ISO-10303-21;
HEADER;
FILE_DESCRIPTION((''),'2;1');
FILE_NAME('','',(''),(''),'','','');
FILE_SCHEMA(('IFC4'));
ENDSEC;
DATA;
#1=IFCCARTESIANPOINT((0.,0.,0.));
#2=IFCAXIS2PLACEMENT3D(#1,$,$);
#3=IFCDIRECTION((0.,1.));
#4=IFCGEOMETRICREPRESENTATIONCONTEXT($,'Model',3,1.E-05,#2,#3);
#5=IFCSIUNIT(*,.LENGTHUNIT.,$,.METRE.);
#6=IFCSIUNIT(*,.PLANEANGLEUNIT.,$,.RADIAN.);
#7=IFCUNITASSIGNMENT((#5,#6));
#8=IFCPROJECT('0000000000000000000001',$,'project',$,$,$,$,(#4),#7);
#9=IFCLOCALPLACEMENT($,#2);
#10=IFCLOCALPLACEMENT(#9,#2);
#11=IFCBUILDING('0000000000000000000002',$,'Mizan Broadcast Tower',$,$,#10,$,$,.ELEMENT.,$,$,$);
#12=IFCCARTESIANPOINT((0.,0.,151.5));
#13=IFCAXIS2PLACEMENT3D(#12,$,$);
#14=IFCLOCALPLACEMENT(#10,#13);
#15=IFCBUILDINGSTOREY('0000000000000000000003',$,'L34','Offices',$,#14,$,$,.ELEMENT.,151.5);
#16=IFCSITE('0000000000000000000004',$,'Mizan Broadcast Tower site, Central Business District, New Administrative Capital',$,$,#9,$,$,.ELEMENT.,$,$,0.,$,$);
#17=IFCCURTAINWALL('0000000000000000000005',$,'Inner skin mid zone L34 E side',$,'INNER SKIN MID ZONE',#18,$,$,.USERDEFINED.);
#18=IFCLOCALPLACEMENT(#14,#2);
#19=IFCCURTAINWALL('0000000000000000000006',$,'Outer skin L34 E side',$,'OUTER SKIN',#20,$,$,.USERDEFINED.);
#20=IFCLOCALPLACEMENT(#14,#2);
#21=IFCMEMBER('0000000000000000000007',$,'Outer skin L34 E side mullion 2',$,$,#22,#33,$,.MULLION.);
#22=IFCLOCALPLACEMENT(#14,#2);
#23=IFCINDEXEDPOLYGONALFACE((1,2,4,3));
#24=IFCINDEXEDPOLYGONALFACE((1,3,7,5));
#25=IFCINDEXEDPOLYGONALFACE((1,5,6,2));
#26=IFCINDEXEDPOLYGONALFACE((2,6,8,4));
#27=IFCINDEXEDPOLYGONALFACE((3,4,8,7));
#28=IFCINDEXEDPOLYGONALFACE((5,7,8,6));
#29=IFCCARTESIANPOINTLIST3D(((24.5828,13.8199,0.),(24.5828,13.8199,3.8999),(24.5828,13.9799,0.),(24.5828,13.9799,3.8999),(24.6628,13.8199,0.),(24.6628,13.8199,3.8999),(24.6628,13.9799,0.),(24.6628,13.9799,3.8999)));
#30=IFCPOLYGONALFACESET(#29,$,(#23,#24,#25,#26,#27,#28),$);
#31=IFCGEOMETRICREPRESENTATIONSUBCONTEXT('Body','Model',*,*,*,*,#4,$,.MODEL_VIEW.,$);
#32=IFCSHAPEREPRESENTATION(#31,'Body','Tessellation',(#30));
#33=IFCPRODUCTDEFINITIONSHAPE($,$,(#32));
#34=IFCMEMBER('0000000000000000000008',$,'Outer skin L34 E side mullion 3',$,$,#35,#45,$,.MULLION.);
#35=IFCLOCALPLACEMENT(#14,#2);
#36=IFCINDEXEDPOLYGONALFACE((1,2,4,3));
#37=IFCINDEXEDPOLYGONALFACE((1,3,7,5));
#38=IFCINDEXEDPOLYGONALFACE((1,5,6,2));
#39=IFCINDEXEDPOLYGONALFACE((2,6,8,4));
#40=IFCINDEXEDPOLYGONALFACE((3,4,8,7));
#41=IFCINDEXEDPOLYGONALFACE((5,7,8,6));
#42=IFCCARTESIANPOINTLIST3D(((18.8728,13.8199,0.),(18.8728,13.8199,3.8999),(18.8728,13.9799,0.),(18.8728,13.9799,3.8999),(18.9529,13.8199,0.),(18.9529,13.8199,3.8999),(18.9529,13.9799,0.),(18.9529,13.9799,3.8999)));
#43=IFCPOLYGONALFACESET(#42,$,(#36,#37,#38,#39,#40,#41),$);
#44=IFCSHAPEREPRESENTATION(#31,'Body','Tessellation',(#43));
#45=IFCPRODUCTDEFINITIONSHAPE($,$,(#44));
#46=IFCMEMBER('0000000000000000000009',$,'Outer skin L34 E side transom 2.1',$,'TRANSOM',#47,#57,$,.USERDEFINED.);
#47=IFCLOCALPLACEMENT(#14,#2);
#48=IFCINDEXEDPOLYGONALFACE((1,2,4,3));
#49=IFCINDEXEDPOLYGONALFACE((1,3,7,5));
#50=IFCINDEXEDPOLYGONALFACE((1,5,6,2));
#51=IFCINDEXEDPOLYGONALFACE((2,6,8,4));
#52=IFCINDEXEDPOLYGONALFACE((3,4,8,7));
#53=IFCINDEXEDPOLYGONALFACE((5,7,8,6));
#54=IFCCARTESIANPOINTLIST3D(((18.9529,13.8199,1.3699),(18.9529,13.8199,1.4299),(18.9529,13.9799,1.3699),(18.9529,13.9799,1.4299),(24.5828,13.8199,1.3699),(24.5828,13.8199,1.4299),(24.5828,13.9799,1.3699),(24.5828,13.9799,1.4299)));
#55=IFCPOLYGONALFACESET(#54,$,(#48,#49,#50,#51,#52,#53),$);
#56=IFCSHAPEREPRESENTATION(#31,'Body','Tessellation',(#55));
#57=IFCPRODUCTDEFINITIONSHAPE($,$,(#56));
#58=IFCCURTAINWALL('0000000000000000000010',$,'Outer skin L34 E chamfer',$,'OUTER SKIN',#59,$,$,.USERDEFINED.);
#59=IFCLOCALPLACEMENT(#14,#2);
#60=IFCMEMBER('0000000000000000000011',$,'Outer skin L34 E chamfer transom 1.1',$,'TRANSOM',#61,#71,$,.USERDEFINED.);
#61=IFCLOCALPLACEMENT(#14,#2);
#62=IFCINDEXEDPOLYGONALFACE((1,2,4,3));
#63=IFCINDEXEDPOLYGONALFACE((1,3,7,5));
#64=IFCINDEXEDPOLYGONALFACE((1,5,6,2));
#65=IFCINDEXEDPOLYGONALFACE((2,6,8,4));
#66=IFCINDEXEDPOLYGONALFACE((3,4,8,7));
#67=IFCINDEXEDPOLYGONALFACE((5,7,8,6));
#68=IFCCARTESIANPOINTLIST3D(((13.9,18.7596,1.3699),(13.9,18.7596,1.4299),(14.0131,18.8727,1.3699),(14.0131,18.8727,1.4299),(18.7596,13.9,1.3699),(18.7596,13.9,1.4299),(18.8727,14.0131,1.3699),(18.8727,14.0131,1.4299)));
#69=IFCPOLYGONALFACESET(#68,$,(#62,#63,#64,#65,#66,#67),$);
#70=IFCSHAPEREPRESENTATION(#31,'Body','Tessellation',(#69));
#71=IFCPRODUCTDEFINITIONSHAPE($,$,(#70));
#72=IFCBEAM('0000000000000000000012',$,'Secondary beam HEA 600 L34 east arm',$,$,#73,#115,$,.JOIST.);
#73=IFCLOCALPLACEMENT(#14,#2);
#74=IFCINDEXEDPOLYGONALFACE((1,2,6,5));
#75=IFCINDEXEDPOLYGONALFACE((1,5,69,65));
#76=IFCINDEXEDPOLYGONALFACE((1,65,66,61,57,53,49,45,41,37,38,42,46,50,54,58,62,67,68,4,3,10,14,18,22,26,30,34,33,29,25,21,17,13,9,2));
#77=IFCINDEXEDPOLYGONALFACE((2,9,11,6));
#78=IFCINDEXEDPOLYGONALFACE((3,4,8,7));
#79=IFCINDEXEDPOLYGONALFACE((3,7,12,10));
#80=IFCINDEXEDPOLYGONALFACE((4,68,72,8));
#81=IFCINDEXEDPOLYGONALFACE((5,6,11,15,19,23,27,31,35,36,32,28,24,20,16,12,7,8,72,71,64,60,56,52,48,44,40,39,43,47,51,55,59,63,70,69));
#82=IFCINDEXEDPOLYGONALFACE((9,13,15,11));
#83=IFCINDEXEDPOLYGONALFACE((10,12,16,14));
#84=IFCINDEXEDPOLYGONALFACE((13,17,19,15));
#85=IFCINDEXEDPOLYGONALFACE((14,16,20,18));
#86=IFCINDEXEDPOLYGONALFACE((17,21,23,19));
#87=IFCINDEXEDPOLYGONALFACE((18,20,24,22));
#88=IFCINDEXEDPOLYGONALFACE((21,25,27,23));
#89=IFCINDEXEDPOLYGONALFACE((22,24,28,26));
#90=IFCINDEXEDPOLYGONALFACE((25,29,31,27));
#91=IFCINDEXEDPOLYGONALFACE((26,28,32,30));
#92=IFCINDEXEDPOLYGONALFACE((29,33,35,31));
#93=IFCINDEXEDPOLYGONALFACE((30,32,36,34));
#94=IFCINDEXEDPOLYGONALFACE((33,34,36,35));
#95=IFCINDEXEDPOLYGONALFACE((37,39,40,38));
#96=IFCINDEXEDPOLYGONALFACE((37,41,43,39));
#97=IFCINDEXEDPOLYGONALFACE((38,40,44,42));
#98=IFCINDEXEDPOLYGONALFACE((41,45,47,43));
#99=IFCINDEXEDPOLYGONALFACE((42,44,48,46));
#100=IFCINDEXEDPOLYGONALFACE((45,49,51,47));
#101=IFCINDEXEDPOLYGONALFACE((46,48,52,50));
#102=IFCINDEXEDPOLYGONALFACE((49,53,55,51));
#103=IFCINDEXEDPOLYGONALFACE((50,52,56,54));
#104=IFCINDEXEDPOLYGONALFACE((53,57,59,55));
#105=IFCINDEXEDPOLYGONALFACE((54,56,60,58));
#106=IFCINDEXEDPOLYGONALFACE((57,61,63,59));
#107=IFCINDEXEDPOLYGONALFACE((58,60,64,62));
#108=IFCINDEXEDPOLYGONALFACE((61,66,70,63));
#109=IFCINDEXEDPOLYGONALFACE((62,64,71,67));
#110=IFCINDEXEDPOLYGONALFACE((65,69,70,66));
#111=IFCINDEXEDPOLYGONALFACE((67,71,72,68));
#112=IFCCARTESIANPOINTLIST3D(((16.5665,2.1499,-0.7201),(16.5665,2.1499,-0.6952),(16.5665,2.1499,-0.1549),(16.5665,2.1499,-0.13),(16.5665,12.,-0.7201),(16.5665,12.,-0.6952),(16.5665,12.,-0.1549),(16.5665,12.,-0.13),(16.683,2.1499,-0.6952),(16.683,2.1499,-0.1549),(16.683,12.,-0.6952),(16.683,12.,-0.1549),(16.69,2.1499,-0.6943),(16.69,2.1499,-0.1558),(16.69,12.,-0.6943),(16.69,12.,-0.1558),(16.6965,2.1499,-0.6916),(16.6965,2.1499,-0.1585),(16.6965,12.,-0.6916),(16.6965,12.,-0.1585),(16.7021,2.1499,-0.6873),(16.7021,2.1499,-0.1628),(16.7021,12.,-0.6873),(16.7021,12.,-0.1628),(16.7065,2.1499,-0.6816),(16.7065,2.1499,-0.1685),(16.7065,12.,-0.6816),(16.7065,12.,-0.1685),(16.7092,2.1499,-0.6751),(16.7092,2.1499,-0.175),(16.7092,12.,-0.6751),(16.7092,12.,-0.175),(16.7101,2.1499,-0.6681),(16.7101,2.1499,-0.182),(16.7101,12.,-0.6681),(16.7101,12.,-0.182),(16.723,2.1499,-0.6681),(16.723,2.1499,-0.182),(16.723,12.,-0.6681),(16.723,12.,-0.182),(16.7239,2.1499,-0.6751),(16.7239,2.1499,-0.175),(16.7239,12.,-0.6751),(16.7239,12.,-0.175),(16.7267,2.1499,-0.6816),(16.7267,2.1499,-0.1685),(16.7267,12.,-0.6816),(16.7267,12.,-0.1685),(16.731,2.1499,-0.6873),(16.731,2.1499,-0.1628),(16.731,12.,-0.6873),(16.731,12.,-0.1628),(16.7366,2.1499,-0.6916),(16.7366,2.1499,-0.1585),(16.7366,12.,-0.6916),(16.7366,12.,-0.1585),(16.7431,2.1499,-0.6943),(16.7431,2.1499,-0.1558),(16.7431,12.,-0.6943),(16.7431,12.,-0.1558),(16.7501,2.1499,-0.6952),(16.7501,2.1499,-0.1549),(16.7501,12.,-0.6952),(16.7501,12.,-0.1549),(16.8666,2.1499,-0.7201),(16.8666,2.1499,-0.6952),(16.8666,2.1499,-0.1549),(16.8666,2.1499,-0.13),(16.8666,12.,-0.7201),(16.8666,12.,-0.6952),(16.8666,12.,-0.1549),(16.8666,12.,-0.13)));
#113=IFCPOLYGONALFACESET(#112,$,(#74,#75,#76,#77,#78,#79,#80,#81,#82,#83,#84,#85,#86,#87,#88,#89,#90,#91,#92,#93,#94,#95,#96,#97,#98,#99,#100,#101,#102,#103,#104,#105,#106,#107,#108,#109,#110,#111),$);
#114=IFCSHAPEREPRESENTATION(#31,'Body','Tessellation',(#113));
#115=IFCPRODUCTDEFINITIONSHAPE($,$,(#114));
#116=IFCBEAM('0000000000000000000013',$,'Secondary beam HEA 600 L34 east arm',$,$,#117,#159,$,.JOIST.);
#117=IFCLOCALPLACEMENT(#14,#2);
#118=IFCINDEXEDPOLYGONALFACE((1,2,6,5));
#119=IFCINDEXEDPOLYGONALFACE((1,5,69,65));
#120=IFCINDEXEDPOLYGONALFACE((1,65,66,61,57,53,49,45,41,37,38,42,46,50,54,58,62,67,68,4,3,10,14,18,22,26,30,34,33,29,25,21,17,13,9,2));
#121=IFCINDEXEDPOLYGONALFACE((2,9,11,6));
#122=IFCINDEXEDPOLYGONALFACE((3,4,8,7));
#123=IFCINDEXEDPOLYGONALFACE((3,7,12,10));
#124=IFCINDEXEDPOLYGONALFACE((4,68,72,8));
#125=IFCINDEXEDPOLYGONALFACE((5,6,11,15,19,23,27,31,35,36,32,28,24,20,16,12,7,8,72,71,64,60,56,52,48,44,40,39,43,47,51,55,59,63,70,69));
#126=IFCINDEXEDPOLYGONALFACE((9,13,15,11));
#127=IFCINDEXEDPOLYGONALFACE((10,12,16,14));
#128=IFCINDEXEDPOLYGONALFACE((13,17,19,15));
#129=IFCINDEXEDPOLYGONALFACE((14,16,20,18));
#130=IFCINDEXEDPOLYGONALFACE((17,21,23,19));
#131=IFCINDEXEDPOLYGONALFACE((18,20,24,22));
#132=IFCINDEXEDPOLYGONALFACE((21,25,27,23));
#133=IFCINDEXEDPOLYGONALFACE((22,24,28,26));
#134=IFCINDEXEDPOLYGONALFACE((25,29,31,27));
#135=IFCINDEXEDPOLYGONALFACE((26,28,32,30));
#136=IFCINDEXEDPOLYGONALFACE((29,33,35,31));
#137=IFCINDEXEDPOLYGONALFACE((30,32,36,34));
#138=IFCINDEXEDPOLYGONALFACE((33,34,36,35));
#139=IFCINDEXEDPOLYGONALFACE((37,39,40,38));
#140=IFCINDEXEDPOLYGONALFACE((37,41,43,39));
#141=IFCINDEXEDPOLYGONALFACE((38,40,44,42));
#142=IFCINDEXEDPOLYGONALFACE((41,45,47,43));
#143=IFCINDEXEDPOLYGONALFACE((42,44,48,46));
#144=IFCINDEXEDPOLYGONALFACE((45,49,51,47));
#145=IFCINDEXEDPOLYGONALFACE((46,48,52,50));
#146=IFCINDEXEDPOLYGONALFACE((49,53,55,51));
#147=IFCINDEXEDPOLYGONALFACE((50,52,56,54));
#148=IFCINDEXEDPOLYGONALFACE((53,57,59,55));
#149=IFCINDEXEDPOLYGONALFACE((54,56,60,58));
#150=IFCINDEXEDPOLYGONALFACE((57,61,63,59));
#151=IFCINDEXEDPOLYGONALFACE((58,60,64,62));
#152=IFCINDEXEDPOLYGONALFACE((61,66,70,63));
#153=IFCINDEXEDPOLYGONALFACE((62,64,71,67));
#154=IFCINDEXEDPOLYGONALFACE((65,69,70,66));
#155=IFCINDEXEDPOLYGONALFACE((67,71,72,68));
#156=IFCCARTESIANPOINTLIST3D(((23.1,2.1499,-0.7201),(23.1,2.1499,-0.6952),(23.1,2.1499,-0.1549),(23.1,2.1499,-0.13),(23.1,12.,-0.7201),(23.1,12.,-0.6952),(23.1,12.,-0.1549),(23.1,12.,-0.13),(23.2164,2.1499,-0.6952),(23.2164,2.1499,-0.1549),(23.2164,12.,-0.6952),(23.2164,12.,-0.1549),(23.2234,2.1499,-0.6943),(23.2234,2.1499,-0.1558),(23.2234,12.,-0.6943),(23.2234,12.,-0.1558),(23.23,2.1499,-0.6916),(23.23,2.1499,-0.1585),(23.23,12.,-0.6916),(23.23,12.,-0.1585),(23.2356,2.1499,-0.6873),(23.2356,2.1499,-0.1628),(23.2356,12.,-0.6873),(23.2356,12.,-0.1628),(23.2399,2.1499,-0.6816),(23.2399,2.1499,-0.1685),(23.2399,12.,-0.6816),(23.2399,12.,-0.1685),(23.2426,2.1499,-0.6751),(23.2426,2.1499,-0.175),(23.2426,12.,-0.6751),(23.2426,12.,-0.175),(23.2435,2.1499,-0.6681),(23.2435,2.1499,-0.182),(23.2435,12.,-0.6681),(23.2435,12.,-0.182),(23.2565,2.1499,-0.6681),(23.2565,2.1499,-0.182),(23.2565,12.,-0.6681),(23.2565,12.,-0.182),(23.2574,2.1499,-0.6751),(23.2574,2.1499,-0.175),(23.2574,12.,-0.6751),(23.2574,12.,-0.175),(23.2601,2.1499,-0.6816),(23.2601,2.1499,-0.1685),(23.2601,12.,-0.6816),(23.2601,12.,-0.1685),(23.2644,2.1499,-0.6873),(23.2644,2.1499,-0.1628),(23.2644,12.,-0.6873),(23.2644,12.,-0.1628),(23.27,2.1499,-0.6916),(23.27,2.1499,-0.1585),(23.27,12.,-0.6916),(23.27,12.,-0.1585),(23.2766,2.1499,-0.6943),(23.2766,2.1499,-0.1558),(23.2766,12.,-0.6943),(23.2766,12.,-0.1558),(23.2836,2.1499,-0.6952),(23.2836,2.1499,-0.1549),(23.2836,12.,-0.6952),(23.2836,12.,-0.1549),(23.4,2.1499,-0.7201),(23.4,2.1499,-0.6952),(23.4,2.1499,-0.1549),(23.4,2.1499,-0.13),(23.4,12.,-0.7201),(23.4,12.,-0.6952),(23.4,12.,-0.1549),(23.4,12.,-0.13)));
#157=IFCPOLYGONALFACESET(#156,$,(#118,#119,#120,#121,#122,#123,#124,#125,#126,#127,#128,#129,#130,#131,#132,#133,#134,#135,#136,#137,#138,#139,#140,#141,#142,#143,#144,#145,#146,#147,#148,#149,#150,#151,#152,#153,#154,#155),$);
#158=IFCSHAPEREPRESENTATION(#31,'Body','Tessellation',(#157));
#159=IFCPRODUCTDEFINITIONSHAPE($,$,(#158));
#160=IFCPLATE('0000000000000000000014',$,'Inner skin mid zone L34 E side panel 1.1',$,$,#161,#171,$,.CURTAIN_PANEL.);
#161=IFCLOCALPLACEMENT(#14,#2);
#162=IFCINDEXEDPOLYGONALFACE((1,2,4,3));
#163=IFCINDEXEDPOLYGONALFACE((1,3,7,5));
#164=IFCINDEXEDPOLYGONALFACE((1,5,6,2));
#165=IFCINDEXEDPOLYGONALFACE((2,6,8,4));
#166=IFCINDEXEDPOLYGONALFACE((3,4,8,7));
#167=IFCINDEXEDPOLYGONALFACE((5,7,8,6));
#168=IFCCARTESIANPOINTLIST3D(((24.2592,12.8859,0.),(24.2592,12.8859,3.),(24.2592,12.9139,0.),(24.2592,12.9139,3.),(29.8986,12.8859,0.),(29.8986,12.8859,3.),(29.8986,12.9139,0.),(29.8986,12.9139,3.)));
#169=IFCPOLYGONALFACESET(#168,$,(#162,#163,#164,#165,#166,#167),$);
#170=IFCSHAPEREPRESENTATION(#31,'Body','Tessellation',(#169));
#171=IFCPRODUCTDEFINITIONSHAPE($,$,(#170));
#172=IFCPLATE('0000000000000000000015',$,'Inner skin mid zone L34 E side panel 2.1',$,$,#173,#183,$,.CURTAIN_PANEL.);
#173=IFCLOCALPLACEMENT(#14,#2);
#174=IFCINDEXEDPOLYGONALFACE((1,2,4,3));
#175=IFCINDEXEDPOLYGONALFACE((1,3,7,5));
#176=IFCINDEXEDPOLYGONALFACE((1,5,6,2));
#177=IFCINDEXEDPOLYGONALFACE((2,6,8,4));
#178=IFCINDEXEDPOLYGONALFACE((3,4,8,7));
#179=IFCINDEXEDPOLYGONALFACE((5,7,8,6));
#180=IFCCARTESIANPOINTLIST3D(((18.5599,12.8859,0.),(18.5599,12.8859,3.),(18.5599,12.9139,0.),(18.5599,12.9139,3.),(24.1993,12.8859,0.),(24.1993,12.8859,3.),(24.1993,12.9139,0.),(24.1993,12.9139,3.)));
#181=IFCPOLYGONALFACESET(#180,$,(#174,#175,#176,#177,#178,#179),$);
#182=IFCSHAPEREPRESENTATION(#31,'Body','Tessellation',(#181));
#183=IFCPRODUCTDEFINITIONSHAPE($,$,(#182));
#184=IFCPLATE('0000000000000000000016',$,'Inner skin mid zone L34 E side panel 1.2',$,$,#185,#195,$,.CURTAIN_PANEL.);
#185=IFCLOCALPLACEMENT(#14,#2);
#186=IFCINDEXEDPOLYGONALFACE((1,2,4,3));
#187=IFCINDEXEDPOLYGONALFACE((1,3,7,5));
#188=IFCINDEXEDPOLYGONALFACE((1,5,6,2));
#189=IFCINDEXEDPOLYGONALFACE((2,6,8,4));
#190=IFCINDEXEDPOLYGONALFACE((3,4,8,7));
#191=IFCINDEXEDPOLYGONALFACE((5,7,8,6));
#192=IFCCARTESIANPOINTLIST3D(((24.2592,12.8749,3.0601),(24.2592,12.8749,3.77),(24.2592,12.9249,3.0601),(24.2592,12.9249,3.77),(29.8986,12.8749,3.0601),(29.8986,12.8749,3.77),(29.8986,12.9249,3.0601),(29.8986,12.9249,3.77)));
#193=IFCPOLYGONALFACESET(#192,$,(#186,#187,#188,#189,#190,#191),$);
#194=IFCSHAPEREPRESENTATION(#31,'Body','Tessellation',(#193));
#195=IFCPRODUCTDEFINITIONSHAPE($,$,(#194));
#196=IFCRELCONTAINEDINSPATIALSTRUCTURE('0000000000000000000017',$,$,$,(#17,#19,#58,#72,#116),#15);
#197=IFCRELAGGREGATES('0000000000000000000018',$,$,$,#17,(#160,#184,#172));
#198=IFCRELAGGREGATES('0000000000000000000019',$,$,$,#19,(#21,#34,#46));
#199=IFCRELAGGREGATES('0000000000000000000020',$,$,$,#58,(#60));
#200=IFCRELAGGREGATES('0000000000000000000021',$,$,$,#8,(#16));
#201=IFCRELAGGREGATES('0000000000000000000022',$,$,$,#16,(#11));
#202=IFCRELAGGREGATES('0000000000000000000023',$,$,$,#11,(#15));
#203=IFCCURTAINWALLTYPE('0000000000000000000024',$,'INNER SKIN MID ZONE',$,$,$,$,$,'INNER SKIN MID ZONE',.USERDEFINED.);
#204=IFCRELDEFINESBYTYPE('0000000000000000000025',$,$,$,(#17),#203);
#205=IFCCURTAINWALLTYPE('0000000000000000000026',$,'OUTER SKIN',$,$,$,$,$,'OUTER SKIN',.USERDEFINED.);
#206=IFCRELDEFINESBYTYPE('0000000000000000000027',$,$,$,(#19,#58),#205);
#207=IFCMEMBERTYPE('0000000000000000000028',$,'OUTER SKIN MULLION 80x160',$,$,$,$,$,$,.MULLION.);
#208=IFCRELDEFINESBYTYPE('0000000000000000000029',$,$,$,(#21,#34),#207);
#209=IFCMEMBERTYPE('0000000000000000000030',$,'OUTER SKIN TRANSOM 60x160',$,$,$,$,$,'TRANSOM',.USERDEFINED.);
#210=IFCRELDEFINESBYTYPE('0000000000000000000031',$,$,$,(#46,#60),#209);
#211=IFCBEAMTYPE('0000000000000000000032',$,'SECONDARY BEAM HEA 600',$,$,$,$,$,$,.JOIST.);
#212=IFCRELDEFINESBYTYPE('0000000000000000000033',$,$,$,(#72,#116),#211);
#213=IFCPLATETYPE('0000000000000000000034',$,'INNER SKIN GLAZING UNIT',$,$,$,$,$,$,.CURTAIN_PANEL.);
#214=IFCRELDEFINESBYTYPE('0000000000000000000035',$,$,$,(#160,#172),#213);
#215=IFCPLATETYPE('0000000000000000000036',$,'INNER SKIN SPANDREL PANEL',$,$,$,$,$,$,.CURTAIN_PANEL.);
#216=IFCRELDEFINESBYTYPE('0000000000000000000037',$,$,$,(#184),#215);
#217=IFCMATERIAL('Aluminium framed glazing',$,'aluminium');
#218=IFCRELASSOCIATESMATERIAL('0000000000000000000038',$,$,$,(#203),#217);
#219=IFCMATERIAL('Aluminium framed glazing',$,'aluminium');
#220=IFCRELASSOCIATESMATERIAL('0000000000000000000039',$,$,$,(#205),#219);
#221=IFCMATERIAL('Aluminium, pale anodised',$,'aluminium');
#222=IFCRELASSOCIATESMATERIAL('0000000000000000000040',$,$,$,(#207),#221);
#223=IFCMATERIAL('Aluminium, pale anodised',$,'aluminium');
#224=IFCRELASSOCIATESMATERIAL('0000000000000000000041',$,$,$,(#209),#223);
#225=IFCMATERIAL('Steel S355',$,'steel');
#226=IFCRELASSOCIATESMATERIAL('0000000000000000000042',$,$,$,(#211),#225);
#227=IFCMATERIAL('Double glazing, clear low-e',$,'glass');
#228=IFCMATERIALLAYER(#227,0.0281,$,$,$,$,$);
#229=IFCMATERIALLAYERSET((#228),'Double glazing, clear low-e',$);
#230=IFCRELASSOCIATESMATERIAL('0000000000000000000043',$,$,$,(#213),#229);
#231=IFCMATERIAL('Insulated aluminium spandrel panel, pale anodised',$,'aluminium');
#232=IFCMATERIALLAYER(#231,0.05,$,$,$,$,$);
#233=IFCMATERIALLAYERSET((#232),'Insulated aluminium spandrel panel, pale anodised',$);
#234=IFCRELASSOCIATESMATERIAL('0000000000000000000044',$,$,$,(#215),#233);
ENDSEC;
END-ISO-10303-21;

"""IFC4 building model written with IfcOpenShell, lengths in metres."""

from ifc_helpers import new_model, si_unit, direction, frame, origin, origin_2d, place, context, subcontext, project, spatial, rectangle, i_section, extrude, material, layer, layer_set, material_profile, profile_set, type_object, element, aggregate, save


model = new_model("IFC4")

# Units and contexts
model_context = context("Model", 3, precision=1e-05, world=origin(), true_north=direction((0.0, 1.0)))
body_context = subcontext(model_context, "Body", "Model", "MODEL_VIEW")
ifc_project = project(units=[si_unit("LENGTHUNIT", "METRE"), si_unit("PLANEANGLEUNIT", "RADIAN")], contexts=[model_context])

# Site, building, storey
site_placement = place(None, origin())
site = spatial("IfcSite", under=ifc_project, at=site_placement, Name="Mizan Broadcast Tower site, Central Business District, New Administrative Capital", CompositionType="ELEMENT", RefElevation=0.0)
building_placement = place(site_placement, origin())
building = spatial("IfcBuilding", under=site, at=building_placement, Name="Mizan Broadcast Tower", CompositionType="ELEMENT")
storey_placement = place(building_placement, frame((0.0, 0.0, 151.5)))
storey = spatial("IfcBuildingStorey", under=building, at=storey_placement, Name="L34", Description="Offices", CompositionType="ELEMENT", Elevation=151.5)

# Curtain walls, members
ifc_material_1 = material(Name="Aluminium framed glazing", Category="aluminium")
curtain_wall_type_1 = type_object("IfcCurtainWallType", Name="INNER SKIN MID ZONE", ElementType="INNER SKIN MID ZONE", PredefinedType="USERDEFINED", material=ifc_material_1)
curtain_wall_1_placement = place(storey_placement, origin())
curtain_wall_1 = element("IfcCurtainWall", 1, at=curtain_wall_1_placement, inside=storey, type_object=curtain_wall_type_1, Name="Inner skin mid zone L34 E side", ObjectType="INNER SKIN MID ZONE", PredefinedType="USERDEFINED")
ifc_material_2 = material(Name="Aluminium framed glazing", Category="aluminium")
curtain_wall_type_2 = type_object("IfcCurtainWallType", Name="OUTER SKIN", ElementType="OUTER SKIN", PredefinedType="USERDEFINED", material=ifc_material_2)
curtain_wall_2_placement = place(storey_placement, origin())
curtain_wall_2 = element("IfcCurtainWall", 2, at=curtain_wall_2_placement, inside=storey, type_object=curtain_wall_type_2, Name="Outer skin L34 E side", ObjectType="OUTER SKIN", PredefinedType="USERDEFINED")
ifc_material_3 = material(Name="Aluminium, pale anodised", Category="aluminium")
ifc_material_profile_1 = material_profile(ifc_material_3, rectangle(XDim=0.1599, YDim=0.0801, at=origin_2d()), Name="MULLION 160x80")
ifc_profile_set_1 = profile_set([ifc_material_profile_1], Name="Aluminium, pale anodised")
member_type_1 = type_object("IfcMemberType", Name="OUTER SKIN MULLION 80x160", PredefinedType="MULLION", material=ifc_profile_set_1)
member_1_placement = place(storey_placement, frame((24.6228, 13.8999, 0.0), z_axis=(0.0, 0.0, 1.0), x_axis=(0.0, -1.0, 0.0)))
member_1 = element("IfcMember", 3, at=member_1_placement, type_object=member_type_1, Name="Outer skin L34 E side mullion 2", PredefinedType="MULLION", context=body_context, shape_type="SweptSolid", body=[
    extrude(rectangle(XDim=0.1599, YDim=0.0801, at=origin_2d()), origin(), (0.0, 0.0, 1.0), 3.8999),
])
member_2_placement = place(storey_placement, frame((18.9128, 13.8999, 0.0), z_axis=(0.0, 0.0, 1.0), x_axis=(0.0, -1.0, 0.0)))
member_2 = element("IfcMember", 4, at=member_2_placement, type_object=member_type_1, Name="Outer skin L34 E side mullion 3", PredefinedType="MULLION", context=body_context, shape_type="SweptSolid", body=[
    extrude(rectangle(XDim=0.1599, YDim=0.0801, at=origin_2d()), origin(), (0.0, 0.0, 1.0), 3.8999),
])
ifc_material_4 = material(Name="Aluminium, pale anodised", Category="aluminium")
ifc_material_profile_2 = material_profile(ifc_material_4, rectangle(XDim=0.1599, YDim=0.0601, at=origin_2d()), Name="TRANSOM 160x60")
ifc_profile_set_2 = profile_set([ifc_material_profile_2], Name="Aluminium, pale anodised")
member_type_2 = type_object("IfcMemberType", Name="OUTER SKIN TRANSOM 60x160", ElementType="TRANSOM", PredefinedType="USERDEFINED", material=ifc_profile_set_2)
member_3_placement = place(storey_placement, frame((24.5828, 13.8999, 1.3999), z_axis=(-1.0, 0.0, 0.0), x_axis=(0.0, -1.0, 0.0)))
member_3 = element("IfcMember", 5, at=member_3_placement, type_object=member_type_2, Name="Outer skin L34 E side transom 2.1", ObjectType="TRANSOM", PredefinedType="USERDEFINED", context=body_context, shape_type="SweptSolid", body=[
    extrude(rectangle(XDim=0.1599, YDim=0.0601, at=origin_2d()), origin(), (0.0, 0.0, 1.0), 5.6299),
])

# Curtain wall, member
curtain_wall_3_placement = place(storey_placement, origin())
curtain_wall_3 = element("IfcCurtainWall", 6, at=curtain_wall_3_placement, inside=storey, type_object=curtain_wall_type_2, Name="Outer skin L34 E chamfer", ObjectType="OUTER SKIN", PredefinedType="USERDEFINED")
member_4_placement = place(storey_placement, frame((18.8162, 13.9565, 1.3999), z_axis=(-0.707107, 0.707107, 0.0), x_axis=(-0.707107, -0.707107, 0.0)))
member_4 = element("IfcMember", 7, at=member_4_placement, type_object=member_type_2, Name="Outer skin L34 E chamfer transom 1.1", ObjectType="TRANSOM", PredefinedType="USERDEFINED", context=body_context, shape_type="SweptSolid", body=[
    extrude(rectangle(XDim=0.1599, YDim=0.0601, at=origin_2d()), origin(), (0.0, 0.0, 1.0), 6.8726),
])

# Beams
ifc_material_5 = material(Name="Steel S355", Category="steel")
ifc_material_profile_3 = material_profile(ifc_material_5, i_section(OverallWidth=0.3, OverallDepth=0.5901, WebThickness=0.0129, FlangeThickness=0.0249, FilletRadius=0.0271, at=origin_2d()), Name="HEA 600")
ifc_profile_set_3 = profile_set([ifc_material_profile_3], Name="Steel S355")
beam_type_1 = type_object("IfcBeamType", Name="SECONDARY BEAM HEA 600", PredefinedType="JOIST", material=ifc_profile_set_3)
for number, where, z_axis, x_axis, name in (
    (8, (16.7166, 12.0, -0.425), (0.0, -1.0, 0.0), (1.0, 0.0, 0.0), "Secondary beam HEA 600 L34 east arm"),
    (9, (23.25, 12.0, -0.425), (0.0, -1.0, 0.0), (1.0, 0.0, 0.0), "Secondary beam HEA 600 L34 east arm"),
):
    element("IfcBeam", number, at=place(storey_placement, frame(where, z_axis=z_axis, x_axis=x_axis)), inside=storey, type_object=beam_type_1, Name=name, PredefinedType="JOIST", context=body_context, shape_type="SweptSolid", body=[
        extrude(i_section(OverallWidth=0.3, OverallDepth=0.5901, WebThickness=0.0129, FlangeThickness=0.0249, FilletRadius=0.0271, at=origin_2d()), origin(), (0.0, 0.0, 1.0), 9.8501),
    ])

# Plates
ifc_material_6 = material(Name="Double glazing, clear low-e", Category="glass")
ifc_layer_1 = layer(ifc_material_6, 0.0281)
ifc_layer_set_1 = layer_set([ifc_layer_1], Name="Double glazing, clear low-e")
plate_type_1 = type_object("IfcPlateType", Name="INNER SKIN GLAZING UNIT", PredefinedType="CURTAIN_PANEL", material=ifc_layer_set_1)
plate_1_placement = place(storey_placement, frame((27.0789, 12.8999, 0.0), z_axis=(0.0, 0.0, 1.0), x_axis=(-1.0, 0.0, 0.0)))
plate_1 = element("IfcPlate", 10, at=plate_1_placement, type_object=plate_type_1, Name="Inner skin mid zone L34 E side panel 1.1", PredefinedType="CURTAIN_PANEL", context=body_context, shape_type="SweptSolid", body=[
    extrude(rectangle(XDim=5.6394, YDim=0.0281, at=origin_2d()), origin(), (0.0, 0.0, 1.0), 3.0),
])
plate_2_placement = place(storey_placement, frame((21.3796, 12.8999, 0.0), z_axis=(0.0, 0.0, 1.0), x_axis=(-1.0, 0.0, 0.0)))
plate_2 = element("IfcPlate", 11, at=plate_2_placement, type_object=plate_type_1, Name="Inner skin mid zone L34 E side panel 2.1", PredefinedType="CURTAIN_PANEL", context=body_context, shape_type="SweptSolid", body=[
    extrude(rectangle(XDim=5.6394, YDim=0.0281, at=origin_2d()), origin(), (0.0, 0.0, 1.0), 3.0),
])
ifc_material_7 = material(Name="Insulated aluminium spandrel panel, pale anodised", Category="aluminium")
ifc_layer_2 = layer(ifc_material_7, 0.05)
ifc_layer_set_2 = layer_set([ifc_layer_2], Name="Insulated aluminium spandrel panel, pale anodised")
plate_type_2 = type_object("IfcPlateType", Name="INNER SKIN SPANDREL PANEL", PredefinedType="CURTAIN_PANEL", material=ifc_layer_set_2)
plate_3_placement = place(storey_placement, frame((27.0789, 12.8999, 3.0601), z_axis=(0.0, 0.0, 1.0), x_axis=(-1.0, 0.0, 0.0)))
plate_3 = element("IfcPlate", 12, at=plate_3_placement, type_object=plate_type_2, Name="Inner skin mid zone L34 E side panel 1.2", PredefinedType="CURTAIN_PANEL", context=body_context, shape_type="SweptSolid", body=[
    extrude(rectangle(XDim=5.6394, YDim=0.05, at=origin_2d()), origin(), (0.0, 0.0, 1.0), 0.71),
])
aggregate(curtain_wall_1, [plate_1, plate_3, plate_2])
aggregate(curtain_wall_2, [member_1, member_2, member_3])
aggregate(curtain_wall_3, [member_4])

save(model, "model.ifc")
